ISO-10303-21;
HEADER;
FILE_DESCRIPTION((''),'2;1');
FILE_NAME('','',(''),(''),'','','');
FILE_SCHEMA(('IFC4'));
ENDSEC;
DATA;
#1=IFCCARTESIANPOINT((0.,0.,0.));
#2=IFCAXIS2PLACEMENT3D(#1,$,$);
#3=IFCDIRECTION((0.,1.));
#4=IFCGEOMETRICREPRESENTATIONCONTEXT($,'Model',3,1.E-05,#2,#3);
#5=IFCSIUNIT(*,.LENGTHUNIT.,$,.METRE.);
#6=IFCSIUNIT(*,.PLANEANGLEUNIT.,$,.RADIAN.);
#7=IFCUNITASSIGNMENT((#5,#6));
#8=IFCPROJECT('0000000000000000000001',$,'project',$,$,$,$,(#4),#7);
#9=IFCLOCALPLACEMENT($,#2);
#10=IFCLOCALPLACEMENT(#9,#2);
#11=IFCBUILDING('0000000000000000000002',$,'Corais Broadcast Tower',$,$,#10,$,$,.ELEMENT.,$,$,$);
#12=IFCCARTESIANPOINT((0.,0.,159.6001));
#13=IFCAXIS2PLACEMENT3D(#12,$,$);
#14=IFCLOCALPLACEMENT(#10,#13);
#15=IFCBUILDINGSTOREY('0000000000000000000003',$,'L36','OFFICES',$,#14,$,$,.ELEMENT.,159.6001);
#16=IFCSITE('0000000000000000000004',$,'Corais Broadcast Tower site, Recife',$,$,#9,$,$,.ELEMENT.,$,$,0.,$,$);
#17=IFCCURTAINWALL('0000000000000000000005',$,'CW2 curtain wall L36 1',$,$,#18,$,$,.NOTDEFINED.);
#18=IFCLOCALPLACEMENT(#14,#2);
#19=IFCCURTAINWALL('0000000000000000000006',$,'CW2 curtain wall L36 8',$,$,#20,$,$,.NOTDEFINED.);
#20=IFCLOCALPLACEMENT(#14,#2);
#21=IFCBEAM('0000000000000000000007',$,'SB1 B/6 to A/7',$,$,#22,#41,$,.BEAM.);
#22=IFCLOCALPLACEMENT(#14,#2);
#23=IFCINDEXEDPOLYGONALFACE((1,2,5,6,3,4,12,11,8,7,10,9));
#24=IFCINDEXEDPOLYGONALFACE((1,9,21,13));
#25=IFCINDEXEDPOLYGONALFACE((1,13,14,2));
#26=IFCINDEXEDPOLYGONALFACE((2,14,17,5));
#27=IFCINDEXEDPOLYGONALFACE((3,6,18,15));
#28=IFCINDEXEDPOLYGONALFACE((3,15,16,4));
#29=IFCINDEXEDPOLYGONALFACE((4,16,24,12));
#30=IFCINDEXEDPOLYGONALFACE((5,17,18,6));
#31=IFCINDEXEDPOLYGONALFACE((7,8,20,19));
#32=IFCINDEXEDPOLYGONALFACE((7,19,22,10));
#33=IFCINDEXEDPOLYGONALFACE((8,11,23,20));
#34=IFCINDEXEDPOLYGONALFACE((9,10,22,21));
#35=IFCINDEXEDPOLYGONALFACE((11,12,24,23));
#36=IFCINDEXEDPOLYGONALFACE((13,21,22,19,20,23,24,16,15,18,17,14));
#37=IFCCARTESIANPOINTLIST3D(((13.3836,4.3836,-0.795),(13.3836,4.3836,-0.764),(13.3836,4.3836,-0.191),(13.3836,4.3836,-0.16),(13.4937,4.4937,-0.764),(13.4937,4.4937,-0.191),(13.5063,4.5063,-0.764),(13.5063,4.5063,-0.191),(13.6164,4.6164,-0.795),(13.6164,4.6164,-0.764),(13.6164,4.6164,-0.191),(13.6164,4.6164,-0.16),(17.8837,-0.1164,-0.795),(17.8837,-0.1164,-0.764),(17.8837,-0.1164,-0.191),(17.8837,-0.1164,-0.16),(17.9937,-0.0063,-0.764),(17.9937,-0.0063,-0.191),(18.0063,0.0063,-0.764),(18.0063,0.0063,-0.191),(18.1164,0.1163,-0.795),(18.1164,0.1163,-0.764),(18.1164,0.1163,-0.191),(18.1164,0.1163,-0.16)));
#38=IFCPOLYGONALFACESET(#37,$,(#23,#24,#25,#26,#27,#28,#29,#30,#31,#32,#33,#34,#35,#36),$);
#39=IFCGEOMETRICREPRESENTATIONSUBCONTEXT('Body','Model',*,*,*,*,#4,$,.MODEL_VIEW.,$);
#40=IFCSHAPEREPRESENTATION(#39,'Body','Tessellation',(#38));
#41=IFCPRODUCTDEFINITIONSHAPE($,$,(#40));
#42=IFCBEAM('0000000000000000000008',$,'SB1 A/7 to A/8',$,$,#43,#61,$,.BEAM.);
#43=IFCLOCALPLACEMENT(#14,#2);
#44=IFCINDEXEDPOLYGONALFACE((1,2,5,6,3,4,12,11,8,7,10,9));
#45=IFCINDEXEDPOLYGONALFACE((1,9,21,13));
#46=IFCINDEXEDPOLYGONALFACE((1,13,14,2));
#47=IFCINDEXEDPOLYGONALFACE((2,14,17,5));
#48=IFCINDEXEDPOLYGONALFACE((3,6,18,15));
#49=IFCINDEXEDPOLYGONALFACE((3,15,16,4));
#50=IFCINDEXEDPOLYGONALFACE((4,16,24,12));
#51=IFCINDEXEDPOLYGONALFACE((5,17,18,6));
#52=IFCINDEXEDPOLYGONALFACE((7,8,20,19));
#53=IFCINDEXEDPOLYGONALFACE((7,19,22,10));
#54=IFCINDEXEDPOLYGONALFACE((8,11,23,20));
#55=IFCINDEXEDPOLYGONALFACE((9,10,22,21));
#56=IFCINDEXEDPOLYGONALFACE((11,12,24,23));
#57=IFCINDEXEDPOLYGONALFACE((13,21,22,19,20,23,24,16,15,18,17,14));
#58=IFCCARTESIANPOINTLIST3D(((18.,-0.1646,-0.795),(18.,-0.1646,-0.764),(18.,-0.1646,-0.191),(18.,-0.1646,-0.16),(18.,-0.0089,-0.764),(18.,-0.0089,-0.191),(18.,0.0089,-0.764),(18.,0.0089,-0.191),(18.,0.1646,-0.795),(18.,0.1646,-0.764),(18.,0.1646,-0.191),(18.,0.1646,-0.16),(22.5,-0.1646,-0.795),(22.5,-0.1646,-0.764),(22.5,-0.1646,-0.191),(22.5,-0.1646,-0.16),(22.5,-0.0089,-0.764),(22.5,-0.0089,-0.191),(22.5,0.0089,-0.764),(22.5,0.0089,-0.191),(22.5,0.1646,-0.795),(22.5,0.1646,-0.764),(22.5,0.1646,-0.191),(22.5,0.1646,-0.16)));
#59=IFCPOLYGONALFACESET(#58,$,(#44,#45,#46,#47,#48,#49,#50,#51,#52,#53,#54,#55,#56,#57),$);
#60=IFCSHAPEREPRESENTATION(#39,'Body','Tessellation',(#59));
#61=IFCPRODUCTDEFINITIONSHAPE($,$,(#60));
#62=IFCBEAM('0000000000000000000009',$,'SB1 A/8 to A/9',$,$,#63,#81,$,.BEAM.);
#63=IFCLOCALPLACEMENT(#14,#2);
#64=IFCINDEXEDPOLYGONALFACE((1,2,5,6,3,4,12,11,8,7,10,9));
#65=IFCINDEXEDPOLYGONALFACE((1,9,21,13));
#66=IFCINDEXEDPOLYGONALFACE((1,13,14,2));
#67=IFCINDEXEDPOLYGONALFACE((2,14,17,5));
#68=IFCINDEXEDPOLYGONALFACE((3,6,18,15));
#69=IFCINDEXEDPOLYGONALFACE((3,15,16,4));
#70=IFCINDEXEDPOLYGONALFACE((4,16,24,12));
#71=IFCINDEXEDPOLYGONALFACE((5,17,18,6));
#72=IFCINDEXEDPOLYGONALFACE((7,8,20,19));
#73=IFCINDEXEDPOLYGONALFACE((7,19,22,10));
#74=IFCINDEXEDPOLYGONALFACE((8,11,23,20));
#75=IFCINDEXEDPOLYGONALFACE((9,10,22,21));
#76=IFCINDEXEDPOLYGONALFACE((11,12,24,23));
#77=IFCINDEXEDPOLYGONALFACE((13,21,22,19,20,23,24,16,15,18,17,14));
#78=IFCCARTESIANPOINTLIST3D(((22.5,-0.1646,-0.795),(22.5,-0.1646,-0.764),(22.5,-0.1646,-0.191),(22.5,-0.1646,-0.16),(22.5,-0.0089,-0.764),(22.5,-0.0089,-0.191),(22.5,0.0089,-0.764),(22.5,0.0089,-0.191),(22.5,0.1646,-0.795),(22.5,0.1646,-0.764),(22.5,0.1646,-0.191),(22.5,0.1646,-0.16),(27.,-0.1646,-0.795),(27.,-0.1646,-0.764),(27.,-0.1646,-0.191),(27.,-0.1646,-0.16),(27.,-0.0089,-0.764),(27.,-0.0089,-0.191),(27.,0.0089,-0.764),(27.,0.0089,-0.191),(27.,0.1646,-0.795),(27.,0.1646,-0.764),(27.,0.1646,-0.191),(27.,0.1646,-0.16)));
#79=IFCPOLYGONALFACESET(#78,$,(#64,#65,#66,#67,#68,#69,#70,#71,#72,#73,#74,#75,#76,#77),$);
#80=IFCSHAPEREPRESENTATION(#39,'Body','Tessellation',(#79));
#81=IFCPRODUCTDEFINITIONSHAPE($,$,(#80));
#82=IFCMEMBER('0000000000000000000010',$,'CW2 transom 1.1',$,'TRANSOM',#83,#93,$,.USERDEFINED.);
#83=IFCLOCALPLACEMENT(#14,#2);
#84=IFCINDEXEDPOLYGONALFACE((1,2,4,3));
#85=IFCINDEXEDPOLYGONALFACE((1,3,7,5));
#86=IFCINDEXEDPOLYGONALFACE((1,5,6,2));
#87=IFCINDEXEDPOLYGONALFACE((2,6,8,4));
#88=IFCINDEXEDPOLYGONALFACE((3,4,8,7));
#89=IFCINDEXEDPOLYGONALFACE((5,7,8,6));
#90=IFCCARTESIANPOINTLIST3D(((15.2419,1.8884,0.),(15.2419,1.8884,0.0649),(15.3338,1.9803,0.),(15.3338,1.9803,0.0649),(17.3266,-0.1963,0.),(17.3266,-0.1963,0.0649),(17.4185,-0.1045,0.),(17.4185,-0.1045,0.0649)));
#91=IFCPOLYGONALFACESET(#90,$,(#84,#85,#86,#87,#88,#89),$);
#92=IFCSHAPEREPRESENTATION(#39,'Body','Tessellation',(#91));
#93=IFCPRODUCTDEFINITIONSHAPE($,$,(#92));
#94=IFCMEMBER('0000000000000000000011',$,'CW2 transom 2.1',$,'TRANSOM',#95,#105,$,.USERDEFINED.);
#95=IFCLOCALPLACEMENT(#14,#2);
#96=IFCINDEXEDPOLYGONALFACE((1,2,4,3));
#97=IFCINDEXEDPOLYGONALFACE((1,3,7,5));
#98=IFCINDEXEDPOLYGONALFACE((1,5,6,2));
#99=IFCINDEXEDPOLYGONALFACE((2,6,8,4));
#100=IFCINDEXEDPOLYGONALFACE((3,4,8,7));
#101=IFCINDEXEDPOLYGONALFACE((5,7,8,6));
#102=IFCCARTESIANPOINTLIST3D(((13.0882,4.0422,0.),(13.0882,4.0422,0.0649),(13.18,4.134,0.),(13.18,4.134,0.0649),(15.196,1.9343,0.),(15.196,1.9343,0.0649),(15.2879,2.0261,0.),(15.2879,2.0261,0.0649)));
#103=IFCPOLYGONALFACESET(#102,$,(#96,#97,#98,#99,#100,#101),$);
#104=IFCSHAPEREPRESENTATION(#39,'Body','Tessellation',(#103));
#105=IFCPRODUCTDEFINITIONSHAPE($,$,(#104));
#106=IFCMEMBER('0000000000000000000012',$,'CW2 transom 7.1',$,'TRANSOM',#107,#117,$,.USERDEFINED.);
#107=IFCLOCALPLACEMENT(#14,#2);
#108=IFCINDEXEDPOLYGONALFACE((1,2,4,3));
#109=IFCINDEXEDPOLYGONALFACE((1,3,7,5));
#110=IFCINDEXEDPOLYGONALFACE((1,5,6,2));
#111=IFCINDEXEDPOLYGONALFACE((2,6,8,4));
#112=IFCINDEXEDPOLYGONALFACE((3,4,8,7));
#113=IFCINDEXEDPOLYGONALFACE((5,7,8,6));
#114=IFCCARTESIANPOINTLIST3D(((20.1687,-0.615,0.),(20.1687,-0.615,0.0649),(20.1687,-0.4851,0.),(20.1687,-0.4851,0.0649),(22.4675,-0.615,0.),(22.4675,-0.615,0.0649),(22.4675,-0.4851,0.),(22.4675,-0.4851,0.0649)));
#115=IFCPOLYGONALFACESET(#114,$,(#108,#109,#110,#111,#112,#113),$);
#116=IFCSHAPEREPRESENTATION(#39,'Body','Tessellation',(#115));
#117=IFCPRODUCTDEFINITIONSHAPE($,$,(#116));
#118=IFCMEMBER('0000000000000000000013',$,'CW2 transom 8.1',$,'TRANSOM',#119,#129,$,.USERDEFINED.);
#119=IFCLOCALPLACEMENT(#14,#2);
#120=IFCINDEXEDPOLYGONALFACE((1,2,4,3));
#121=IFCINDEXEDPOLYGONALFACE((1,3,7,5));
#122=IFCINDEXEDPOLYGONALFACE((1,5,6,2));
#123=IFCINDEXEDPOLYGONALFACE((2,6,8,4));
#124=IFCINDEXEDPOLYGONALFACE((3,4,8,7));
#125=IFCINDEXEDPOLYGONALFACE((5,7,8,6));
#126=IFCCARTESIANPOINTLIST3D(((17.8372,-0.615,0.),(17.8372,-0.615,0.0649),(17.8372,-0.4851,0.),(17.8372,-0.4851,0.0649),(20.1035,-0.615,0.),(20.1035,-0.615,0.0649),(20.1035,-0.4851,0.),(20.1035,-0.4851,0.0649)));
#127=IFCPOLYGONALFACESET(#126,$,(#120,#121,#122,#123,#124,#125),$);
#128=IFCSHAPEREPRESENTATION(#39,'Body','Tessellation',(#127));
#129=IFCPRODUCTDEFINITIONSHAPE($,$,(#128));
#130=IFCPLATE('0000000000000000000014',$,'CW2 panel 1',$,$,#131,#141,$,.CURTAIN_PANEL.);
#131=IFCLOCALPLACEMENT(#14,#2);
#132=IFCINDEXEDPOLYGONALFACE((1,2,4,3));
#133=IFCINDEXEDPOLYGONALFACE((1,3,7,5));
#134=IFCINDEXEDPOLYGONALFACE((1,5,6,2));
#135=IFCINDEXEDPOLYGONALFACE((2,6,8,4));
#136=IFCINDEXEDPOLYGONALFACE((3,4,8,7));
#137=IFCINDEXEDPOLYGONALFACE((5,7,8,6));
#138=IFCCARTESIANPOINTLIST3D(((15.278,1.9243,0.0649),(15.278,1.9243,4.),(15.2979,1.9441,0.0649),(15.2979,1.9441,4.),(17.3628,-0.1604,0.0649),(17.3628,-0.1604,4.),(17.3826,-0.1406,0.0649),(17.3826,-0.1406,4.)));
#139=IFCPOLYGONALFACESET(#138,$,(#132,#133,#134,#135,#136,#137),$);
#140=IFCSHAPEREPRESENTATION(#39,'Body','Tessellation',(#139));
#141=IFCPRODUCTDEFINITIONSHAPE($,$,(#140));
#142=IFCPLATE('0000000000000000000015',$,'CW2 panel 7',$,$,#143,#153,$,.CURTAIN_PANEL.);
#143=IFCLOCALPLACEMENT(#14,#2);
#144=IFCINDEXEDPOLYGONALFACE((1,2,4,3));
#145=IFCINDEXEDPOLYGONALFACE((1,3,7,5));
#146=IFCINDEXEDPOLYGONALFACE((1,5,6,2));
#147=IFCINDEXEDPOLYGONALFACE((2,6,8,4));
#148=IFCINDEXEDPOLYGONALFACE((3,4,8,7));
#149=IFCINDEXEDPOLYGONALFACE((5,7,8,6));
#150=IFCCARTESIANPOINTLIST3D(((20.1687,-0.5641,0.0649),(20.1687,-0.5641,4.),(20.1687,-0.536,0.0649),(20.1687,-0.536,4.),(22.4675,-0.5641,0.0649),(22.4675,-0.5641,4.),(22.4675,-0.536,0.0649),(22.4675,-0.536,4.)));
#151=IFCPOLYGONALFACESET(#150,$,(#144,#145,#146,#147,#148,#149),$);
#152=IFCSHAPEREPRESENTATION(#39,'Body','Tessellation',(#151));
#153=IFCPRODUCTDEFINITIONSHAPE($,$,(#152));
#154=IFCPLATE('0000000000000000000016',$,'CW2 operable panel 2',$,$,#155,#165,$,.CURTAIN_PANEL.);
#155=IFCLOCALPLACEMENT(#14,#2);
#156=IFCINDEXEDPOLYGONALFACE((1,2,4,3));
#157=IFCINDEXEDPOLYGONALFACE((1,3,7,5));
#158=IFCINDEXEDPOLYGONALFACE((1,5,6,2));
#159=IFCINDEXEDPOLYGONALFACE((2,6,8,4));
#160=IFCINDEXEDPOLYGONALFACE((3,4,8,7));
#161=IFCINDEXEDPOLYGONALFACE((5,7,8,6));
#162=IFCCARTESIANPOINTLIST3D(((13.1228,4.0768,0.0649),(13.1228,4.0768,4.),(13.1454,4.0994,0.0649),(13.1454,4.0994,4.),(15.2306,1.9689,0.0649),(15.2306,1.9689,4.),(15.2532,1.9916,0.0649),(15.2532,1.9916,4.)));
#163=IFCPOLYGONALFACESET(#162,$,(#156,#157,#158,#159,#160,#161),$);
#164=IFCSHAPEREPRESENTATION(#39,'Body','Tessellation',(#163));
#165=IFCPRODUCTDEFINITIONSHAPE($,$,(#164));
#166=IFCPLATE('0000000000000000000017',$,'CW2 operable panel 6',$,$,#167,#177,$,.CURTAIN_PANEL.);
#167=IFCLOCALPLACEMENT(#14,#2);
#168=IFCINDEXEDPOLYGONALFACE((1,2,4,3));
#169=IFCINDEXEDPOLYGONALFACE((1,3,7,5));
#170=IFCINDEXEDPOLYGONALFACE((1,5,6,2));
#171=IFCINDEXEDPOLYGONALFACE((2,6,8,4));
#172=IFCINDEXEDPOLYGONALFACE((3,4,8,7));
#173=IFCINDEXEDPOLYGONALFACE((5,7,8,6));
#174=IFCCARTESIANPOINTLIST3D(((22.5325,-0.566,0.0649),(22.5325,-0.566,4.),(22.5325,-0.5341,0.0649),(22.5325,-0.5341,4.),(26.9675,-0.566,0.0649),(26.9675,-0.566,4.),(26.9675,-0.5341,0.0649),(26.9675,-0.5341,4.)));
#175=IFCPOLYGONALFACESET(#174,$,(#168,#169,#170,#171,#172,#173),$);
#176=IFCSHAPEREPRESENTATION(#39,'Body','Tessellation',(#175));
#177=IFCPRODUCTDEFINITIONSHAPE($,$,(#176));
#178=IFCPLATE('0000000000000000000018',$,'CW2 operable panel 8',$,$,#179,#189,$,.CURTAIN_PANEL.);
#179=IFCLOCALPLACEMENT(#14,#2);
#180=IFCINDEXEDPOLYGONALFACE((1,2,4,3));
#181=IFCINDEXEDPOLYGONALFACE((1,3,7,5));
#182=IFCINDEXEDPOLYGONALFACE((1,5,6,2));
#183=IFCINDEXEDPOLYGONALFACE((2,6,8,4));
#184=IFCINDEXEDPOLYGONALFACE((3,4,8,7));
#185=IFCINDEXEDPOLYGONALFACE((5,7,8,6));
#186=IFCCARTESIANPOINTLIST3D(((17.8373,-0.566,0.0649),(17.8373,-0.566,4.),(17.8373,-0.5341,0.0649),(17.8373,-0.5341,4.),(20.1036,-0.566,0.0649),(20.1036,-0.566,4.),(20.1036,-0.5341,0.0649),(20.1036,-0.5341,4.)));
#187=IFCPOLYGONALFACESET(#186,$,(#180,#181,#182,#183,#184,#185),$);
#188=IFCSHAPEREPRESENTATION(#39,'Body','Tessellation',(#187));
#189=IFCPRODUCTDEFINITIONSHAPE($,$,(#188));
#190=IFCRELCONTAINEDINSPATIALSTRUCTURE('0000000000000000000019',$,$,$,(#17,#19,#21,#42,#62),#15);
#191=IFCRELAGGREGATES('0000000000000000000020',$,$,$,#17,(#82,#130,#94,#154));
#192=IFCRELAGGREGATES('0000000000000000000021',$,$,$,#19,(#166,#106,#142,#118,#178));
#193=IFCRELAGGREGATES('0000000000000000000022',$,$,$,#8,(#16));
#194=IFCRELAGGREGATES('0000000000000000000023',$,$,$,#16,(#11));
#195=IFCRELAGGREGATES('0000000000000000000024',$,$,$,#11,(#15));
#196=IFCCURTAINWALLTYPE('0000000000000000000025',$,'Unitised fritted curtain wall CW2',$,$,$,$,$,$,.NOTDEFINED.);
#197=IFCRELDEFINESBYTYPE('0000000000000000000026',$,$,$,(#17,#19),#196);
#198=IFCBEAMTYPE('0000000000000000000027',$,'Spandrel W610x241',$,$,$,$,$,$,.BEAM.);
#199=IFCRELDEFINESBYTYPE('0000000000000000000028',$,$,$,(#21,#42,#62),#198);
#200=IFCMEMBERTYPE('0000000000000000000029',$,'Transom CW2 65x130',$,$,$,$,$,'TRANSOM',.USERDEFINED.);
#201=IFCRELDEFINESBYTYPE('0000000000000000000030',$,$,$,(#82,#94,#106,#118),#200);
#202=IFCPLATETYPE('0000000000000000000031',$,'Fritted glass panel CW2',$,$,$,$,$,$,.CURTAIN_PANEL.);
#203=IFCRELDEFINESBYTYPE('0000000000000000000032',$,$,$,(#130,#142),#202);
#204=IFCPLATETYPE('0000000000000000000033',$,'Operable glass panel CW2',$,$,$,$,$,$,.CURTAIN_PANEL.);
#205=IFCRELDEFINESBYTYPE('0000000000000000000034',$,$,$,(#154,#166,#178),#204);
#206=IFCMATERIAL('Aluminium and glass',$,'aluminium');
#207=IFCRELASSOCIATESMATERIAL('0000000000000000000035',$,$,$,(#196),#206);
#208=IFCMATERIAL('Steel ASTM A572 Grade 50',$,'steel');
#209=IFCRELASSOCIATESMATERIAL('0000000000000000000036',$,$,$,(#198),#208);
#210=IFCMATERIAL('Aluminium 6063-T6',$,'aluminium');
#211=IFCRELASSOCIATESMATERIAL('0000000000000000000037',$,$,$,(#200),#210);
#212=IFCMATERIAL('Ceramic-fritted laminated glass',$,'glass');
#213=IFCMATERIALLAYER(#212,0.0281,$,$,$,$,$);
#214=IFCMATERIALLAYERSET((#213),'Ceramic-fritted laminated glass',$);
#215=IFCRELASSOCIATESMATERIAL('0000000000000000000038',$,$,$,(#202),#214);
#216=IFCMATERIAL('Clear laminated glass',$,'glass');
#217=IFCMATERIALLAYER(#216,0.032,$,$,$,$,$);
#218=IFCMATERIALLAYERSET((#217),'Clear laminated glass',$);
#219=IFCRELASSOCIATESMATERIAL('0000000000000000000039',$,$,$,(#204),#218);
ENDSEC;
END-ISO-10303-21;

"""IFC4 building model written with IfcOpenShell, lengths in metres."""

from ifc_helpers import new_model, si_unit, direction, frame, origin, origin_2d, place, context, subcontext, project, spatial, rectangle, i_section, extrude, material, layer, layer_set, material_profile, profile_set, type_object, element, aggregate, save


model = new_model("IFC4")

# Units and contexts
model_context = context("Model", 3, precision=1e-05, world=origin(), true_north=direction((0.0, 1.0)))
body_context = subcontext(model_context, "Body", "Model", "MODEL_VIEW")
ifc_project = project(units=[si_unit("LENGTHUNIT", "METRE"), si_unit("PLANEANGLEUNIT", "RADIAN")], contexts=[model_context])

# Site, building, storey
site_placement = place(None, origin())
site = spatial("IfcSite", under=ifc_project, at=site_placement, Name="Corais Broadcast Tower site, Recife", CompositionType="ELEMENT", RefElevation=0.0)
building_placement = place(site_placement, origin())
building = spatial("IfcBuilding", under=site, at=building_placement, Name="Corais Broadcast Tower", CompositionType="ELEMENT")
storey_placement = place(building_placement, frame((0.0, 0.0, 159.6001)))
storey = spatial("IfcBuildingStorey", under=building, at=storey_placement, Name="L36", Description="OFFICES", CompositionType="ELEMENT", Elevation=159.6001)

# Curtain walls
ifc_material_1 = material(Name="Aluminium and glass", Category="aluminium")
curtain_wall_type = type_object("IfcCurtainWallType", Name="Unitised fritted curtain wall CW2", PredefinedType="NOTDEFINED", material=ifc_material_1)
curtain_wall_1_placement = place(storey_placement, origin())
curtain_wall_1 = element("IfcCurtainWall", 1, at=curtain_wall_1_placement, inside=storey, type_object=curtain_wall_type, Name="CW2 curtain wall L36 1", PredefinedType="NOTDEFINED")
curtain_wall_2_placement = place(storey_placement, origin())
curtain_wall_2 = element("IfcCurtainWall", 2, at=curtain_wall_2_placement, inside=storey, type_object=curtain_wall_type, Name="CW2 curtain wall L36 8", PredefinedType="NOTDEFINED")

# Beams
ifc_material_2 = material(Name="Steel ASTM A572 Grade 50", Category="steel")
ifc_material_profile_1 = material_profile(ifc_material_2, i_section(OverallWidth=0.3291, OverallDepth=0.635, WebThickness=0.0178, FlangeThickness=0.031, at=origin_2d()), Name="W610x241")
ifc_profile_set_1 = profile_set([ifc_material_profile_1], Name="Steel ASTM A572 Grade 50")
beam_type_1 = type_object("IfcBeamType", Name="Spandrel W610x241", PredefinedType="BEAM", material=ifc_profile_set_1)
beam_1_placement = place(storey_placement, frame((13.5, 4.5, -0.4775), z_axis=(0.707107, -0.707107, 0.0), x_axis=(0.707107, 0.707107, 0.0)))
element("IfcBeam", 3, at=beam_1_placement, inside=storey, type_object=beam_type_1, Name="SB1 B/6 to A/7", PredefinedType="BEAM", context=body_context, shape_type="SweptSolid", body=[
    extrude(i_section(OverallWidth=0.3291, OverallDepth=0.635, WebThickness=0.0178, FlangeThickness=0.031, at=origin_2d()), origin(), (0.0, 0.0, 1.0), 6.364),
])
for number, where, z_axis, x_axis, name in (
    (4, (18.0, 0.0, -0.4775), (1.0, 0.0, 0.0), (0.0, 1.0, 0.0), "SB1 A/7 to A/8"),
    (5, (22.5, 0.0, -0.4775), (1.0, 0.0, 0.0), (0.0, 1.0, 0.0), "SB1 A/8 to A/9"),
):
    element("IfcBeam", number, at=place(storey_placement, frame(where, z_axis=z_axis, x_axis=x_axis)), inside=storey, type_object=beam_type_1, Name=name, PredefinedType="BEAM", context=body_context, shape_type="SweptSolid", body=[
        extrude(i_section(OverallWidth=0.3291, OverallDepth=0.635, WebThickness=0.0178, FlangeThickness=0.031, at=origin_2d()), origin(), (0.0, 0.0, 1.0), 4.5),
    ])

# Members
ifc_material_3 = material(Name="Aluminium 6063-T6", Category="aluminium")
ifc_material_profile_2 = material_profile(ifc_material_3, rectangle(XDim=0.1299, YDim=0.0649, at=origin_2d()), Name="Transom CW2 65x130")
ifc_profile_set_2 = profile_set([ifc_material_profile_2], Name="Aluminium 6063-T6")
member_type_1 = type_object("IfcMemberType", Name="Transom CW2 65x130", ElementType="TRANSOM", PredefinedType="USERDEFINED", material=ifc_profile_set_2)
member_1_placement = place(storey_placement, frame((17.3726, -0.1504, 0.0325), z_axis=(-0.707107, 0.707107, 0.0), x_axis=(-0.707107, -0.707107, 0.0)))
member_1 = element("IfcMember", 6, at=member_1_placement, type_object=member_type_1, Name="CW2 transom 1.1", ObjectType="TRANSOM", PredefinedType="USERDEFINED", context=body_context, shape_type="SweptSolid", body=[
    extrude(rectangle(XDim=0.1299, YDim=0.0649, at=origin_2d()), origin(), (0.0, 0.0, 1.0), 2.9482),
])
member_2_placement = place(storey_placement, frame((15.2419, 1.9802, 0.0325), z_axis=(-0.707107, 0.707107, 0.0), x_axis=(-0.707107, -0.707107, 0.0)))
member_2 = element("IfcMember", 7, at=member_2_placement, type_object=member_type_1, Name="CW2 transom 2.1", ObjectType="TRANSOM", PredefinedType="USERDEFINED", context=body_context, shape_type="SweptSolid", body=[
    extrude(rectangle(XDim=0.1299, YDim=0.0649, at=origin_2d()), origin(), (0.0, 0.0, 1.0), 2.981),
])
member_3_placement = place(storey_placement, frame((22.4675, -0.55, 0.0325), z_axis=(-1.0, 0.0, 0.0), x_axis=(0.0, -1.0, 0.0)))
member_3 = element("IfcMember", 8, at=member_3_placement, type_object=member_type_1, Name="CW2 transom 7.1", ObjectType="TRANSOM", PredefinedType="USERDEFINED", context=body_context, shape_type="SweptSolid", body=[
    extrude(rectangle(XDim=0.1299, YDim=0.0649, at=origin_2d()), origin(), (0.0, 0.0, 1.0), 2.2988),
])
member_4_placement = place(storey_placement, frame((20.1035, -0.55, 0.0325), z_axis=(-1.0, 0.0, 0.0), x_axis=(0.0, -1.0, 0.0)))
member_4 = element("IfcMember", 9, at=member_4_placement, type_object=member_type_1, Name="CW2 transom 8.1", ObjectType="TRANSOM", PredefinedType="USERDEFINED", context=body_context, shape_type="SweptSolid", body=[
    extrude(rectangle(XDim=0.1299, YDim=0.0649, at=origin_2d()), origin(), (0.0, 0.0, 1.0), 2.2664),
])

# Plates
ifc_material_4 = material(Name="Ceramic-fritted laminated glass", Category="glass")
ifc_layer_1 = layer(ifc_material_4, 0.0281)
ifc_layer_set_1 = layer_set([ifc_layer_1], Name="Ceramic-fritted laminated glass")
plate_type_1 = type_object("IfcPlateType", Name="Fritted glass panel CW2", PredefinedType="CURTAIN_PANEL", material=ifc_layer_set_1)
plate_1_placement = place(storey_placement, frame((16.3303, 0.8918, 0.0649), z_axis=(0.0, 0.0, 1.0), x_axis=(-0.707107, 0.707107, 0.0)))
plate_1 = element("IfcPlate", 10, at=plate_1_placement, type_object=plate_type_1, Name="CW2 panel 1", PredefinedType="CURTAIN_PANEL", context=body_context, shape_type="SweptSolid", body=[
    extrude(rectangle(XDim=2.9482, YDim=0.0281, at=origin_2d()), origin(), (0.0, 0.0, 1.0), 3.9351),
])
plate_2_placement = place(storey_placement, frame((21.3181, -0.55, 0.0649), z_axis=(0.0, 0.0, 1.0), x_axis=(-1.0, 0.0, 0.0)))
plate_2 = element("IfcPlate", 11, at=plate_2_placement, type_object=plate_type_1, Name="CW2 panel 7", PredefinedType="CURTAIN_PANEL", context=body_context, shape_type="SweptSolid", body=[
    extrude(rectangle(XDim=2.2988, YDim=0.0281, at=origin_2d()), origin(), (0.0, 0.0, 1.0), 3.9351),
])
ifc_material_5 = material(Name="Clear laminated glass", Category="glass")
ifc_layer_2 = layer(ifc_material_5, 0.032)
ifc_layer_set_2 = layer_set([ifc_layer_2], Name="Clear laminated glass")
plate_type_2 = type_object("IfcPlateType", Name="Operable glass panel CW2", PredefinedType="CURTAIN_PANEL", material=ifc_layer_set_2)
plate_3_placement = place(storey_placement, frame((14.188, 3.0342, 0.0649), z_axis=(0.0, 0.0, 1.0), x_axis=(-0.707107, 0.707107, 0.0)))
plate_3 = element("IfcPlate", 12, at=plate_3_placement, type_object=plate_type_2, Name="CW2 operable panel 2", PredefinedType="CURTAIN_PANEL", context=body_context, shape_type="SweptSolid", body=[
    extrude(rectangle(XDim=2.981, YDim=0.032, at=origin_2d()), origin(), (0.0, 0.0, 1.0), 3.9351),
])
aggregate(curtain_wall_1, [member_1, plate_1, member_2, plate_3])
plate_4_placement = place(storey_placement, frame((24.75, -0.55, 0.0649), z_axis=(0.0, 0.0, 1.0), x_axis=(-1.0, 0.0, 0.0)))
plate_4 = element("IfcPlate", 13, at=plate_4_placement, type_object=plate_type_2, Name="CW2 operable panel 6", PredefinedType="CURTAIN_PANEL", context=body_context, shape_type="SweptSolid", body=[
    extrude(rectangle(XDim=4.4351, YDim=0.032, at=origin_2d()), origin(), (0.0, 0.0, 1.0), 3.9351),
])
plate_5_placement = place(storey_placement, frame((18.9705, -0.55, 0.0649), z_axis=(0.0, 0.0, 1.0), x_axis=(-1.0, 0.0, 0.0)))
plate_5 = element("IfcPlate", 14, at=plate_5_placement, type_object=plate_type_2, Name="CW2 operable panel 8", PredefinedType="CURTAIN_PANEL", context=body_context, shape_type="SweptSolid", body=[
    extrude(rectangle(XDim=2.2664, YDim=0.032, at=origin_2d()), origin(), (0.0, 0.0, 1.0), 3.9351),
])
aggregate(curtain_wall_2, [plate_4, member_3, plate_2, member_4, plate_5])

save(model, "model.ifc")
